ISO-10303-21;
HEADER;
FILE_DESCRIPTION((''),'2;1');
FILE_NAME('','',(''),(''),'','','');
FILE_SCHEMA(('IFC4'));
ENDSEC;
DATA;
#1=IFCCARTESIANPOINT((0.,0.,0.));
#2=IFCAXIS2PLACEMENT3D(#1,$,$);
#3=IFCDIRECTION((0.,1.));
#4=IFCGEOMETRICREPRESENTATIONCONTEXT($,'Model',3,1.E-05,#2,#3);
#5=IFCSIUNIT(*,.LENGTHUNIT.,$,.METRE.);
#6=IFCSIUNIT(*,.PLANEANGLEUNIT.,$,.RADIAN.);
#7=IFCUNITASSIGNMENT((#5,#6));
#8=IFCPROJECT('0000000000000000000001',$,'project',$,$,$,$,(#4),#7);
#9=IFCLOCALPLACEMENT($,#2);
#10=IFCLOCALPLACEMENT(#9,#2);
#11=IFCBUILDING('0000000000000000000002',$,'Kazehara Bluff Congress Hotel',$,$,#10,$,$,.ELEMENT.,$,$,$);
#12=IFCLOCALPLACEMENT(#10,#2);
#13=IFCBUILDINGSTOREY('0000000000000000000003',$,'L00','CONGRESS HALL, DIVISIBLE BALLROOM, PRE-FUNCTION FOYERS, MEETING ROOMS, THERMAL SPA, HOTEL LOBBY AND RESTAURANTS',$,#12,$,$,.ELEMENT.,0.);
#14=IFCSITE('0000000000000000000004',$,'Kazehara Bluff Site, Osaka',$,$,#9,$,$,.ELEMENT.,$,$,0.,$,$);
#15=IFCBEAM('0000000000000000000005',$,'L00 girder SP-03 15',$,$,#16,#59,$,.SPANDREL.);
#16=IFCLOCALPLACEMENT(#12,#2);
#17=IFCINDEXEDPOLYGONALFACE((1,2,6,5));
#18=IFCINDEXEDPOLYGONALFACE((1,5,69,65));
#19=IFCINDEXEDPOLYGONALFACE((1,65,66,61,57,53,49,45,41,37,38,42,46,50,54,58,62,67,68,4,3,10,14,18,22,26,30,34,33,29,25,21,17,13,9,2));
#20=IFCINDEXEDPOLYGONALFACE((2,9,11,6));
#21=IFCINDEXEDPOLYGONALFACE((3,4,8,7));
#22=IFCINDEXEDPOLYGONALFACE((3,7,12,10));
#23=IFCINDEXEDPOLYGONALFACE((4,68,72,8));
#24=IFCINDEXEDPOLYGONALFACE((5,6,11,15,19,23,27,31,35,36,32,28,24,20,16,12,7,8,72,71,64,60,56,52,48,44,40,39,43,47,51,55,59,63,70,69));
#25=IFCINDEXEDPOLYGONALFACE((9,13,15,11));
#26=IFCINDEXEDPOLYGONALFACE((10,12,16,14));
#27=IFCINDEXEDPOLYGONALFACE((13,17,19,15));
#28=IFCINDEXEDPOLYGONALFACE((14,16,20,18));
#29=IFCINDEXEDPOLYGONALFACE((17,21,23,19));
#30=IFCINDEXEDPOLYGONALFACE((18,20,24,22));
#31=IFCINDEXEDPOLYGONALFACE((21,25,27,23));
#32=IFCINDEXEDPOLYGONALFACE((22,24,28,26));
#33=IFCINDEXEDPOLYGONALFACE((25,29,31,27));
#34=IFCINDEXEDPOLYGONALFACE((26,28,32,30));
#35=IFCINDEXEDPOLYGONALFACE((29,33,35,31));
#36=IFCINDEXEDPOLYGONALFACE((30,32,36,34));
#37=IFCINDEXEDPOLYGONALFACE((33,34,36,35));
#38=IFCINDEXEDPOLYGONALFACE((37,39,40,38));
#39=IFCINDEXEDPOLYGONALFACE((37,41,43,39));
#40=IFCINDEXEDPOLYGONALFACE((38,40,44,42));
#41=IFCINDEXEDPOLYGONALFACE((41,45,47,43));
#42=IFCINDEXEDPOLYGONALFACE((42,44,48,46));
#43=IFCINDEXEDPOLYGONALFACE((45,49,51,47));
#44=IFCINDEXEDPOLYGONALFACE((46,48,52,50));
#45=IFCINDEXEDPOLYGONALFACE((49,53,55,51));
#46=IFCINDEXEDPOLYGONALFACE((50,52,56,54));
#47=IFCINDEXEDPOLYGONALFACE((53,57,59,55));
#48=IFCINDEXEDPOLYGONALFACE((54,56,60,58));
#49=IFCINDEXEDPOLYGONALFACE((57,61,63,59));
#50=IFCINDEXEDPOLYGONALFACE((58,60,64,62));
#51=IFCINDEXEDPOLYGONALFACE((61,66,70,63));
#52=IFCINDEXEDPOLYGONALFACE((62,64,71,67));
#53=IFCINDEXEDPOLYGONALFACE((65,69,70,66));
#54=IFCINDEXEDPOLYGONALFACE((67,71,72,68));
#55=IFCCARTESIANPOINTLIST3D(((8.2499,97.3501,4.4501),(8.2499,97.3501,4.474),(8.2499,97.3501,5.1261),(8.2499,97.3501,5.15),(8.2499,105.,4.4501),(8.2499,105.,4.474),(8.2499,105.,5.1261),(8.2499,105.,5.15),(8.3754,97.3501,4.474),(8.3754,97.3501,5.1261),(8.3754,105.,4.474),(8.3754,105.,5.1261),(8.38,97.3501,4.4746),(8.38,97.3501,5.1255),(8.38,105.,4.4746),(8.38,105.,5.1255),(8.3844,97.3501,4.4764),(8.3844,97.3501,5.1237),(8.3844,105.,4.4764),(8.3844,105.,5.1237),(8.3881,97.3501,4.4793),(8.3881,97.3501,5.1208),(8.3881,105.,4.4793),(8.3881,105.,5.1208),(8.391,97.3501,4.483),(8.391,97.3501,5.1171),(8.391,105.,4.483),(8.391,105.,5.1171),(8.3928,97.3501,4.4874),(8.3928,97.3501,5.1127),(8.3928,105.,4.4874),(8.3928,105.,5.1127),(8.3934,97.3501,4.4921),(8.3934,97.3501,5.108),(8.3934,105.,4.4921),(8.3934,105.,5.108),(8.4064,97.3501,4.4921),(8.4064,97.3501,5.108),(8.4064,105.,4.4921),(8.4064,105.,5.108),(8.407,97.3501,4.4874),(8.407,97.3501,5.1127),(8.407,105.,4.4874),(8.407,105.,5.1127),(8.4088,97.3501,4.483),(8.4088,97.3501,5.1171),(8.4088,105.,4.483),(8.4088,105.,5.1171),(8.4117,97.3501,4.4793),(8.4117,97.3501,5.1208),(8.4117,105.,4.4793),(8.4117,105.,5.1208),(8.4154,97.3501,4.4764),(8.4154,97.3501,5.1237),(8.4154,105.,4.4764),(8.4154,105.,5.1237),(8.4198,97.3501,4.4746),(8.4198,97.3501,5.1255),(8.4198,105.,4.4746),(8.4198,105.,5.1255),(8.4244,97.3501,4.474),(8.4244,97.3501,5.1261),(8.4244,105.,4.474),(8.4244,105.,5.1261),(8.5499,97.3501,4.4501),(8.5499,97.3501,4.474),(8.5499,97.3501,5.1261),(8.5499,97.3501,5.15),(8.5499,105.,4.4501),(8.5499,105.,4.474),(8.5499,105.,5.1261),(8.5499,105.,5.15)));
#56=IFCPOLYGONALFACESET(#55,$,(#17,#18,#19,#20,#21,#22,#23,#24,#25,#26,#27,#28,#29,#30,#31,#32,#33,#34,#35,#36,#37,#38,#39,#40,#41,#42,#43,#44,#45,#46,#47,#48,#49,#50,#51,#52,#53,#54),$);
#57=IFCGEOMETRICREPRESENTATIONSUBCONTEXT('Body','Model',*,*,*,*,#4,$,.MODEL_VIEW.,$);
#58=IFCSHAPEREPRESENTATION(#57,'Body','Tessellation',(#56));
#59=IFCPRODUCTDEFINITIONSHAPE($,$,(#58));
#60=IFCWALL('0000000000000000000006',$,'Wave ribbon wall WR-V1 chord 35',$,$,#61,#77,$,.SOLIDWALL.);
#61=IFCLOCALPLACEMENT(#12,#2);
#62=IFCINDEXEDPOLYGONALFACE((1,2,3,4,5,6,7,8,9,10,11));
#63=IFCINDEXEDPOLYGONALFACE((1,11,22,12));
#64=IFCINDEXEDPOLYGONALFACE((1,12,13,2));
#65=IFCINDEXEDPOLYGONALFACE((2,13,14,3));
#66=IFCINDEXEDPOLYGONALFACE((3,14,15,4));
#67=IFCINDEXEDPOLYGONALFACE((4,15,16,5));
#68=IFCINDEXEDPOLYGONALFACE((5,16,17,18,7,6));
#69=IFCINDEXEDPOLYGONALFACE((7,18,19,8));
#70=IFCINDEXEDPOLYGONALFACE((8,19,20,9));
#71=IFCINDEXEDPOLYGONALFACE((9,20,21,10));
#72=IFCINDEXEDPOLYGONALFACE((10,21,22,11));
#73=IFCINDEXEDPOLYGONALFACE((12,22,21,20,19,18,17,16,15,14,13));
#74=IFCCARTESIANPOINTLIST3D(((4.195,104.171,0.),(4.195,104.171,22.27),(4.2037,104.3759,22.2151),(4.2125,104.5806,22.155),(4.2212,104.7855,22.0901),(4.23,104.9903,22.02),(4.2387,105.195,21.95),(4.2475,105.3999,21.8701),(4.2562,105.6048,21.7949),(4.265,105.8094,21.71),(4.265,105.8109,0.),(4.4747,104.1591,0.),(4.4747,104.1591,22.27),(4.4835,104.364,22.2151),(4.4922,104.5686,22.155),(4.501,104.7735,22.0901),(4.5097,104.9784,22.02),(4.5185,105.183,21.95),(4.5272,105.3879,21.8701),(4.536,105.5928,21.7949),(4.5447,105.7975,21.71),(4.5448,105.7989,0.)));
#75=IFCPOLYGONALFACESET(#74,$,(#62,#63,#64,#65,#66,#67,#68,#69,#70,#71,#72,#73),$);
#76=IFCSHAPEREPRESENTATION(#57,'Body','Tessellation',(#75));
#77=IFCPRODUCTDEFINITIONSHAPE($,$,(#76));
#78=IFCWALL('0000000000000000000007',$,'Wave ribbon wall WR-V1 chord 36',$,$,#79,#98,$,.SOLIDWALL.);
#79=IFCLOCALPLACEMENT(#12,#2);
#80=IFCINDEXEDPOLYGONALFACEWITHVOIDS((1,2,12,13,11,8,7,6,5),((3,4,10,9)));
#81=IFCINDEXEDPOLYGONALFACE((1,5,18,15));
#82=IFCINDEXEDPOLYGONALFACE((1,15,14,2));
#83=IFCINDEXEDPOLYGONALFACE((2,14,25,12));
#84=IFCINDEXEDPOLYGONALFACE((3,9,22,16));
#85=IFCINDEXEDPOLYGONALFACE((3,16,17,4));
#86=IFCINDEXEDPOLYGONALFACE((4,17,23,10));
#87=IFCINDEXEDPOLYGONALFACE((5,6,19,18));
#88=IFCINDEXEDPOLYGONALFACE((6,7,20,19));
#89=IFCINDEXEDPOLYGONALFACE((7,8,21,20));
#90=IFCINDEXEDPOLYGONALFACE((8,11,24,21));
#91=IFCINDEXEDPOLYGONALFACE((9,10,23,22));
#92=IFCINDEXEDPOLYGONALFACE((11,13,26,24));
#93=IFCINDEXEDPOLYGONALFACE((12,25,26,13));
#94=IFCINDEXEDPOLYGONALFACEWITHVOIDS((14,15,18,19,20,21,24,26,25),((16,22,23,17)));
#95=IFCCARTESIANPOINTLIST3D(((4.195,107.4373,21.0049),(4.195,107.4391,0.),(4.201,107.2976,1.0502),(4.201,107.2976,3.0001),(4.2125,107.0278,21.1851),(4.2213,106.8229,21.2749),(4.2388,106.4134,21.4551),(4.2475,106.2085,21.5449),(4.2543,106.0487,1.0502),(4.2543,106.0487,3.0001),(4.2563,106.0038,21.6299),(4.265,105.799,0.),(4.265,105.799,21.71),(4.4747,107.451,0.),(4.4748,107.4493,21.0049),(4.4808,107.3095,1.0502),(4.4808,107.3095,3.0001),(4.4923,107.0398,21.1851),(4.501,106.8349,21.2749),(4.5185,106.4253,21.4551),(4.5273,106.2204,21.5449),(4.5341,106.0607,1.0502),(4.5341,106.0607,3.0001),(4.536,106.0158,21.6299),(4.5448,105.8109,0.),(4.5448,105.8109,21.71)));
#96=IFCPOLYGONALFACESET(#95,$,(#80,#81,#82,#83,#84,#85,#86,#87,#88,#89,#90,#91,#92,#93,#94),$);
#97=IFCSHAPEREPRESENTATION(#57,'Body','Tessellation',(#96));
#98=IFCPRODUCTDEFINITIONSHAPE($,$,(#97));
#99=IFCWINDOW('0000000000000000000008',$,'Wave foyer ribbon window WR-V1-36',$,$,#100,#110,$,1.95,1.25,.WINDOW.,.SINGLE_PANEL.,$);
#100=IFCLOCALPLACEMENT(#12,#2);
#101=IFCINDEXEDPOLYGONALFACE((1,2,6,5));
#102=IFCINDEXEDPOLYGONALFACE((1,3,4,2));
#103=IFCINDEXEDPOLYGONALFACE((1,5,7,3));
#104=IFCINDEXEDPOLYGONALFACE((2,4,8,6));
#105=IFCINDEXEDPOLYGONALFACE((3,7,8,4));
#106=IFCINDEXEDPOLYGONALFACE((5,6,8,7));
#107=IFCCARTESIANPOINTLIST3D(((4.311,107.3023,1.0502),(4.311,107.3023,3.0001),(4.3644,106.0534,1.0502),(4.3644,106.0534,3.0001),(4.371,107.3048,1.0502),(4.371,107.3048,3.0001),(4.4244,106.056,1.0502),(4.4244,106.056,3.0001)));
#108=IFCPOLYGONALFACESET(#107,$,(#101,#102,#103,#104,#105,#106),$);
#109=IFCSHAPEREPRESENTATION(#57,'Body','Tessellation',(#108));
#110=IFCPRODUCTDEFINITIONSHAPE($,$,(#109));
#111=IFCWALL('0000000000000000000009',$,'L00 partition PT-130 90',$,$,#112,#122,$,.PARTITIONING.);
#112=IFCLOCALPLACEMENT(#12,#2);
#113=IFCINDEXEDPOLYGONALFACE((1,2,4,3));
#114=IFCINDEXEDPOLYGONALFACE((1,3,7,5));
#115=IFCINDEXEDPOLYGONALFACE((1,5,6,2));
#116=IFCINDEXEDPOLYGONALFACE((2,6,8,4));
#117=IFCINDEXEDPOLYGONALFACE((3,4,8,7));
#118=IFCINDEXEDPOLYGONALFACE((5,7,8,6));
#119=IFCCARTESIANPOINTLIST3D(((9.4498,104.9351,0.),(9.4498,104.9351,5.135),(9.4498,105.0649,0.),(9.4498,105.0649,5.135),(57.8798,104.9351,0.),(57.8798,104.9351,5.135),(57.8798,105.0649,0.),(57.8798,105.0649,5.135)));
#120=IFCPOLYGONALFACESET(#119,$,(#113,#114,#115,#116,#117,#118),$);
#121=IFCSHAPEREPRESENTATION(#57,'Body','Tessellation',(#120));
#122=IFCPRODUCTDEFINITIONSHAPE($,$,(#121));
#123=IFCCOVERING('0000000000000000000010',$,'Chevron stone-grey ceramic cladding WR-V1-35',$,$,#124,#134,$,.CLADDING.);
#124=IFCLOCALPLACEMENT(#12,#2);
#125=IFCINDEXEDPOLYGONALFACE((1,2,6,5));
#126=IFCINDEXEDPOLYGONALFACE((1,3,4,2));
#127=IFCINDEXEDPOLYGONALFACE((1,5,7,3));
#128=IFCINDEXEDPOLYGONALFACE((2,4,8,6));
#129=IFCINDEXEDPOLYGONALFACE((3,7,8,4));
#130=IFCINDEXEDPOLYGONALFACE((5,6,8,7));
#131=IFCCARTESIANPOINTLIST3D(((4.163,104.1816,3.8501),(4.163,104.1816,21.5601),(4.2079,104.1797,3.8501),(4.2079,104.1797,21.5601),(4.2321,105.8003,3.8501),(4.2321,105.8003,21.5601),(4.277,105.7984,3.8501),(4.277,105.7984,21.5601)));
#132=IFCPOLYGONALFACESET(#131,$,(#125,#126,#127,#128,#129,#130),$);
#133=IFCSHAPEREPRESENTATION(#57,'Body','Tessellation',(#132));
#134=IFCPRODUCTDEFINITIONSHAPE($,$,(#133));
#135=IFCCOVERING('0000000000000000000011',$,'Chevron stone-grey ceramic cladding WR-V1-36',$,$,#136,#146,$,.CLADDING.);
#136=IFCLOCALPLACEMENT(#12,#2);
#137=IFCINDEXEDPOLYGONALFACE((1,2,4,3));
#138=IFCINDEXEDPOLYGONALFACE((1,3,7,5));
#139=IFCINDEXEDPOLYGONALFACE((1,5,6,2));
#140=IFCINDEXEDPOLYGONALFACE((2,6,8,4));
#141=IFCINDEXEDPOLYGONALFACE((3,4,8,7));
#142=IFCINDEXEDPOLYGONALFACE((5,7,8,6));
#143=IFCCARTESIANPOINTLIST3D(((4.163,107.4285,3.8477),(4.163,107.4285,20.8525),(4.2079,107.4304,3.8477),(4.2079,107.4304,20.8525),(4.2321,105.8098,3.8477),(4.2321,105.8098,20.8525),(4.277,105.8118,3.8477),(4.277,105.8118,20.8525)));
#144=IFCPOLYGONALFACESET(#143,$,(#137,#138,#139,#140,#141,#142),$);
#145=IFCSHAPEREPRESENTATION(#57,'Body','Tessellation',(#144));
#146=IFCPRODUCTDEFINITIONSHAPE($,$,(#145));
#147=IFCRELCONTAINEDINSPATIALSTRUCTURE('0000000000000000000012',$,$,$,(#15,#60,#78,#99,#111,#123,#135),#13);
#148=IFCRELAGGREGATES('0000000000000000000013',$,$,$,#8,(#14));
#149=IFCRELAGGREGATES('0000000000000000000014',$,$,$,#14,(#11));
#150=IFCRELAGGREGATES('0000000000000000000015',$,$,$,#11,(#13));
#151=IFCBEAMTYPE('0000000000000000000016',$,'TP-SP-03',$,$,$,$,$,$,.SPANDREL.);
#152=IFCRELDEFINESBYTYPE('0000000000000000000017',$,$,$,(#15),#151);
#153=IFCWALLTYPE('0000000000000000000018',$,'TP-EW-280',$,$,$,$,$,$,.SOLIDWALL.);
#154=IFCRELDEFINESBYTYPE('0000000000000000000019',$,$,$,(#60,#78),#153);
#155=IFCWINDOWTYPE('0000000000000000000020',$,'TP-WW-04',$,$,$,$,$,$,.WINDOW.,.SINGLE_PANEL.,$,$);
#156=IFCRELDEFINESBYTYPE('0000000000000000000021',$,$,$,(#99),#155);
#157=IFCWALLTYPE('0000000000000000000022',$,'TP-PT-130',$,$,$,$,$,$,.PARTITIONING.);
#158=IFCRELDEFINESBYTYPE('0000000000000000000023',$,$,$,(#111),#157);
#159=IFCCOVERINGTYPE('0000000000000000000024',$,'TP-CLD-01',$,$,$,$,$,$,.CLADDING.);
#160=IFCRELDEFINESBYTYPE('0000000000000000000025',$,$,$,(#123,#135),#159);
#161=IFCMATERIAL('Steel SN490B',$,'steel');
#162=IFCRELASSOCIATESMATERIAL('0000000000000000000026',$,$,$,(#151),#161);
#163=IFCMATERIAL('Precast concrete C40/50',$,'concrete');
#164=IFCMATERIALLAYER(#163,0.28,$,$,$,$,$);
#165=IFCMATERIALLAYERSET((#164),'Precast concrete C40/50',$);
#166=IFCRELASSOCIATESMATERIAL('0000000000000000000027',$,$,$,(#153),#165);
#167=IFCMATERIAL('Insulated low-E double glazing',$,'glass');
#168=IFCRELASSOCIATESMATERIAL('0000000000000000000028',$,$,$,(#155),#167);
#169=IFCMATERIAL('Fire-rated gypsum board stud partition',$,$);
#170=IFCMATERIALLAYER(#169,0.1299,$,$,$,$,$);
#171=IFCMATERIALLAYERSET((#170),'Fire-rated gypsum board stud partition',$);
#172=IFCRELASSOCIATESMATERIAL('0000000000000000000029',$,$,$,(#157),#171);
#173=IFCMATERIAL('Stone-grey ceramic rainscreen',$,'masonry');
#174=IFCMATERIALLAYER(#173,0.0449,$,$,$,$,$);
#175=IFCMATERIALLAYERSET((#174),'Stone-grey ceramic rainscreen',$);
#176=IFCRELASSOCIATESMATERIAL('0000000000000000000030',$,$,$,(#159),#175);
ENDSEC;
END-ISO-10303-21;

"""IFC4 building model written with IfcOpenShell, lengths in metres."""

from ifc_helpers import new_model, si_unit, direction, frame, frame_2d, origin, origin_2d, place, context, subcontext, project, spatial, polyline, rectangle, i_section, outline, extrude, material, layer, layer_set, material_profile, profile_set, type_object, element, fill, save


model = new_model("IFC4")

# Units and contexts
model_context = context("Model", 3, precision=1e-05, world=origin(), true_north=direction((0.0, 1.0)))
body_context = subcontext(model_context, "Body", "Model", "MODEL_VIEW")
ifc_project = project(units=[si_unit("LENGTHUNIT", "METRE"), si_unit("PLANEANGLEUNIT", "RADIAN")], contexts=[model_context])

# Site, building, storey
site_placement = place(None, origin())
site = spatial("IfcSite", under=ifc_project, at=site_placement, Name="Kazehara Bluff Site, Osaka", CompositionType="ELEMENT", RefElevation=0.0)
building_placement = place(site_placement, origin())
building = spatial("IfcBuilding", under=site, at=building_placement, Name="Kazehara Bluff Congress Hotel", CompositionType="ELEMENT")
storey_placement = place(building_placement, origin())
storey = spatial("IfcBuildingStorey", under=building, at=storey_placement, Name="L00", Description="CONGRESS HALL, DIVISIBLE BALLROOM, PRE-FUNCTION FOYERS, MEETING ROOMS, THERMAL SPA, HOTEL LOBBY AND RESTAURANTS", CompositionType="ELEMENT", Elevation=0.0)

# Beam
ifc_material_1 = material(Name="Steel SN490B", Category="steel")
ifc_material_profile_1 = material_profile(ifc_material_1, i_section(OverallWidth=0.3, OverallDepth=0.7, WebThickness=0.0129, FlangeThickness=0.0239, FilletRadius=0.0181, at=origin_2d()))
ifc_profile_set_1 = profile_set([ifc_material_profile_1], Name="Steel SN490B")
beam_type_1 = type_object("IfcBeamType", Name="TP-SP-03", PredefinedType="SPANDREL", material=ifc_profile_set_1)
beam_1_placement = place(storey_placement, frame((8.3999, 97.3501, 4.8), z_axis=(0.0, 1.0, 0.0), x_axis=(-1.0, 0.0, 0.0)))
element("IfcBeam", 1, at=beam_1_placement, inside=storey, type_object=beam_type_1, Name="L00 girder SP-03 15", PredefinedType="SPANDREL", context=body_context, shape_type="SweptSolid", body=[
    extrude(i_section(OverallWidth=0.3, OverallDepth=0.7, WebThickness=0.0129, FlangeThickness=0.0239, FilletRadius=0.0181, at=origin_2d()), origin(), (0.0, 0.0, 1.0), 7.6499),
])

# Wall
ifc_material_2 = material(Name="Precast concrete C40/50", Category="concrete")
ifc_layer_1 = layer(ifc_material_2, 0.28)
ifc_layer_set_1 = layer_set([ifc_layer_1], Name="Precast concrete C40/50")
wall_type_1 = type_object("IfcWallType", Name="TP-EW-280", PredefinedType="SOLIDWALL", material=ifc_layer_set_1)
wall_1_placement = place(storey_placement, frame((4.335, 104.165, 0.0), z_axis=(0.0, 0.0, 1.0), x_axis=(0.042688, 0.999088, 0.0)))
element("IfcWall", 2, at=wall_1_placement, inside=storey, type_object=wall_type_1, Name="Wave ribbon wall WR-V1 chord 35", PredefinedType="SOLIDWALL", context=body_context, shape_type="SweptSolid", body=[
    extrude(outline(polyline([(0.0, 0.0), (1.6414, 0.0), (1.6399, 21.71), (1.4351, 21.7949), (1.23, 21.8701), (1.0249, 21.95), (0.8201, 22.02), (0.615, 22.0901), (0.4099, 22.155), (0.2051, 22.2151), (0.0, 22.27), (0.0, 0.0)])), frame((0.0, 0.1401, 0.0), z_axis=(0.0, -1.0, 0.0), x_axis=(1.0, 0.0, 0.0)), (0.0, 0.0, 1.0), 0.28),
])

# Wall, opening, window
wall_2_placement = place(storey_placement, frame((4.405, 105.8049, 0.0), z_axis=(0.0, 0.0, 1.0), x_axis=(-0.042682, 0.999089, 0.0)))
wall_2 = element("IfcWall", 3, at=wall_2_placement, inside=storey, type_object=wall_type_1, Name="Wave ribbon wall WR-V1 chord 36", PredefinedType="SOLIDWALL", context=body_context, shape_type="SweptSolid", body=[
    extrude(outline(polyline([(0.0, 0.0), (1.6416, 0.0), (1.6399, 21.0049), (1.4351, 21.095), (1.23, 21.1851), (1.0249, 21.2749), (0.8201, 21.365), (0.615, 21.4551), (0.4099, 21.5449), (0.2051, 21.6299), (0.0, 21.71), (0.0, 0.0)])), frame((0.0, 0.1401, 0.0), z_axis=(0.0, -1.0, 0.0), x_axis=(1.0, 0.0, 0.0)), (0.0, 0.0, 1.0), 0.28),
])
opening_placement = place(wall_2_placement, frame((0.25, 0.0, 1.05)))
opening = element("IfcOpeningElement", 4, at=opening_placement, cuts=wall_2, PredefinedType="OPENING", context=body_context, shape_type="SweptSolid", body=[
    extrude(rectangle(XDim=1.25, YDim=1.95, at=frame_2d((0.625, 0.9751))), frame((0.0, 0.1499, 0.0), z_axis=(0.0, -1.0, 0.0), x_axis=(1.0, 0.0, 0.0)), (0.0, 0.0, 1.0), 0.3),
])
ifc_material_3 = material(Name="Insulated low-E double glazing", Category="glass")
window_type = type_object("IfcWindowType", Name="TP-WW-04", PartitioningType="SINGLE_PANEL", PredefinedType="WINDOW", material=ifc_material_3)
window_placement = place(opening_placement, origin())
window = element("IfcWindow", 5, at=window_placement, inside=storey, type_object=window_type, Name="Wave foyer ribbon window WR-V1-36", OverallHeight=1.95, OverallWidth=1.25, PartitioningType="SINGLE_PANEL", PredefinedType="WINDOW", context=body_context, shape_type="SweptSolid", body=[
    extrude(rectangle(XDim=1.25, YDim=1.95, at=frame_2d((0.625, 0.9751))), frame((0.0, 0.03, 0.0), z_axis=(0.0, -1.0, 0.0), x_axis=(1.0, 0.0, 0.0)), (0.0, 0.0, 1.0), 0.0601),
])
fill(opening, window)

# Wall
ifc_material_4 = material(Name="Fire-rated gypsum board stud partition")
ifc_layer_2 = layer(ifc_material_4, 0.1299)
ifc_layer_set_2 = layer_set([ifc_layer_2], Name="Fire-rated gypsum board stud partition")
wall_type_2 = type_object("IfcWallType", Name="TP-PT-130", PredefinedType="PARTITIONING", material=ifc_layer_set_2)
wall_3_placement = place(storey_placement, frame((9.45, 105.0, 0.0), z_axis=(0.0, 0.0, 1.0), x_axis=(1.0, 0.0, 0.0)))
element("IfcWall", 6, at=wall_3_placement, inside=storey, type_object=wall_type_2, Name="L00 partition PT-130 90", PredefinedType="PARTITIONING", context=body_context, shape_type="SweptSolid", body=[
    extrude(rectangle(XDim=48.4299, YDim=0.1299, at=frame_2d((24.2148, 0.0))), origin(), (0.0, 0.0, 1.0), 5.135),
])

# Coverings
ifc_material_5 = material(Name="Stone-grey ceramic rainscreen", Category="masonry")
ifc_layer_3 = layer(ifc_material_5, 0.0449)
ifc_layer_set_3 = layer_set([ifc_layer_3], Name="Stone-grey ceramic rainscreen")
covering_type_1 = type_object("IfcCoveringType", Name="TP-CLD-01", PredefinedType="CLADDING", material=ifc_layer_set_3)
covering_1_placement = place(storey_placement, frame((4.22, 104.99, 3.8501), z_axis=(0.0, 0.0, 1.0), x_axis=(0.042645, 0.99909, 0.0)))
element("IfcCovering", 7, at=covering_1_placement, inside=storey, type_object=covering_type_1, Name="Chevron stone-grey ceramic cladding WR-V1-35", PredefinedType="CLADDING", context=body_context, shape_type="SweptSolid", body=[
    extrude(rectangle(XDim=1.6201, YDim=0.0449, at=origin_2d()), origin(), (0.0, 0.0, 1.0), 17.71),
])
covering_2_placement = place(storey_placement, frame((4.22, 106.6201, 3.8477), z_axis=(0.0, 0.0, 1.0), x_axis=(-0.042645, 0.99909, 0.0)))
element("IfcCovering", 8, at=covering_2_placement, inside=storey, type_object=covering_type_1, Name="Chevron stone-grey ceramic cladding WR-V1-36", PredefinedType="CLADDING", context=body_context, shape_type="SweptSolid", body=[
    extrude(rectangle(XDim=1.6201, YDim=0.0449, at=origin_2d()), origin(), (0.0, 0.0, 1.0), 17.0049),
])

save(model, "model.ifc")
